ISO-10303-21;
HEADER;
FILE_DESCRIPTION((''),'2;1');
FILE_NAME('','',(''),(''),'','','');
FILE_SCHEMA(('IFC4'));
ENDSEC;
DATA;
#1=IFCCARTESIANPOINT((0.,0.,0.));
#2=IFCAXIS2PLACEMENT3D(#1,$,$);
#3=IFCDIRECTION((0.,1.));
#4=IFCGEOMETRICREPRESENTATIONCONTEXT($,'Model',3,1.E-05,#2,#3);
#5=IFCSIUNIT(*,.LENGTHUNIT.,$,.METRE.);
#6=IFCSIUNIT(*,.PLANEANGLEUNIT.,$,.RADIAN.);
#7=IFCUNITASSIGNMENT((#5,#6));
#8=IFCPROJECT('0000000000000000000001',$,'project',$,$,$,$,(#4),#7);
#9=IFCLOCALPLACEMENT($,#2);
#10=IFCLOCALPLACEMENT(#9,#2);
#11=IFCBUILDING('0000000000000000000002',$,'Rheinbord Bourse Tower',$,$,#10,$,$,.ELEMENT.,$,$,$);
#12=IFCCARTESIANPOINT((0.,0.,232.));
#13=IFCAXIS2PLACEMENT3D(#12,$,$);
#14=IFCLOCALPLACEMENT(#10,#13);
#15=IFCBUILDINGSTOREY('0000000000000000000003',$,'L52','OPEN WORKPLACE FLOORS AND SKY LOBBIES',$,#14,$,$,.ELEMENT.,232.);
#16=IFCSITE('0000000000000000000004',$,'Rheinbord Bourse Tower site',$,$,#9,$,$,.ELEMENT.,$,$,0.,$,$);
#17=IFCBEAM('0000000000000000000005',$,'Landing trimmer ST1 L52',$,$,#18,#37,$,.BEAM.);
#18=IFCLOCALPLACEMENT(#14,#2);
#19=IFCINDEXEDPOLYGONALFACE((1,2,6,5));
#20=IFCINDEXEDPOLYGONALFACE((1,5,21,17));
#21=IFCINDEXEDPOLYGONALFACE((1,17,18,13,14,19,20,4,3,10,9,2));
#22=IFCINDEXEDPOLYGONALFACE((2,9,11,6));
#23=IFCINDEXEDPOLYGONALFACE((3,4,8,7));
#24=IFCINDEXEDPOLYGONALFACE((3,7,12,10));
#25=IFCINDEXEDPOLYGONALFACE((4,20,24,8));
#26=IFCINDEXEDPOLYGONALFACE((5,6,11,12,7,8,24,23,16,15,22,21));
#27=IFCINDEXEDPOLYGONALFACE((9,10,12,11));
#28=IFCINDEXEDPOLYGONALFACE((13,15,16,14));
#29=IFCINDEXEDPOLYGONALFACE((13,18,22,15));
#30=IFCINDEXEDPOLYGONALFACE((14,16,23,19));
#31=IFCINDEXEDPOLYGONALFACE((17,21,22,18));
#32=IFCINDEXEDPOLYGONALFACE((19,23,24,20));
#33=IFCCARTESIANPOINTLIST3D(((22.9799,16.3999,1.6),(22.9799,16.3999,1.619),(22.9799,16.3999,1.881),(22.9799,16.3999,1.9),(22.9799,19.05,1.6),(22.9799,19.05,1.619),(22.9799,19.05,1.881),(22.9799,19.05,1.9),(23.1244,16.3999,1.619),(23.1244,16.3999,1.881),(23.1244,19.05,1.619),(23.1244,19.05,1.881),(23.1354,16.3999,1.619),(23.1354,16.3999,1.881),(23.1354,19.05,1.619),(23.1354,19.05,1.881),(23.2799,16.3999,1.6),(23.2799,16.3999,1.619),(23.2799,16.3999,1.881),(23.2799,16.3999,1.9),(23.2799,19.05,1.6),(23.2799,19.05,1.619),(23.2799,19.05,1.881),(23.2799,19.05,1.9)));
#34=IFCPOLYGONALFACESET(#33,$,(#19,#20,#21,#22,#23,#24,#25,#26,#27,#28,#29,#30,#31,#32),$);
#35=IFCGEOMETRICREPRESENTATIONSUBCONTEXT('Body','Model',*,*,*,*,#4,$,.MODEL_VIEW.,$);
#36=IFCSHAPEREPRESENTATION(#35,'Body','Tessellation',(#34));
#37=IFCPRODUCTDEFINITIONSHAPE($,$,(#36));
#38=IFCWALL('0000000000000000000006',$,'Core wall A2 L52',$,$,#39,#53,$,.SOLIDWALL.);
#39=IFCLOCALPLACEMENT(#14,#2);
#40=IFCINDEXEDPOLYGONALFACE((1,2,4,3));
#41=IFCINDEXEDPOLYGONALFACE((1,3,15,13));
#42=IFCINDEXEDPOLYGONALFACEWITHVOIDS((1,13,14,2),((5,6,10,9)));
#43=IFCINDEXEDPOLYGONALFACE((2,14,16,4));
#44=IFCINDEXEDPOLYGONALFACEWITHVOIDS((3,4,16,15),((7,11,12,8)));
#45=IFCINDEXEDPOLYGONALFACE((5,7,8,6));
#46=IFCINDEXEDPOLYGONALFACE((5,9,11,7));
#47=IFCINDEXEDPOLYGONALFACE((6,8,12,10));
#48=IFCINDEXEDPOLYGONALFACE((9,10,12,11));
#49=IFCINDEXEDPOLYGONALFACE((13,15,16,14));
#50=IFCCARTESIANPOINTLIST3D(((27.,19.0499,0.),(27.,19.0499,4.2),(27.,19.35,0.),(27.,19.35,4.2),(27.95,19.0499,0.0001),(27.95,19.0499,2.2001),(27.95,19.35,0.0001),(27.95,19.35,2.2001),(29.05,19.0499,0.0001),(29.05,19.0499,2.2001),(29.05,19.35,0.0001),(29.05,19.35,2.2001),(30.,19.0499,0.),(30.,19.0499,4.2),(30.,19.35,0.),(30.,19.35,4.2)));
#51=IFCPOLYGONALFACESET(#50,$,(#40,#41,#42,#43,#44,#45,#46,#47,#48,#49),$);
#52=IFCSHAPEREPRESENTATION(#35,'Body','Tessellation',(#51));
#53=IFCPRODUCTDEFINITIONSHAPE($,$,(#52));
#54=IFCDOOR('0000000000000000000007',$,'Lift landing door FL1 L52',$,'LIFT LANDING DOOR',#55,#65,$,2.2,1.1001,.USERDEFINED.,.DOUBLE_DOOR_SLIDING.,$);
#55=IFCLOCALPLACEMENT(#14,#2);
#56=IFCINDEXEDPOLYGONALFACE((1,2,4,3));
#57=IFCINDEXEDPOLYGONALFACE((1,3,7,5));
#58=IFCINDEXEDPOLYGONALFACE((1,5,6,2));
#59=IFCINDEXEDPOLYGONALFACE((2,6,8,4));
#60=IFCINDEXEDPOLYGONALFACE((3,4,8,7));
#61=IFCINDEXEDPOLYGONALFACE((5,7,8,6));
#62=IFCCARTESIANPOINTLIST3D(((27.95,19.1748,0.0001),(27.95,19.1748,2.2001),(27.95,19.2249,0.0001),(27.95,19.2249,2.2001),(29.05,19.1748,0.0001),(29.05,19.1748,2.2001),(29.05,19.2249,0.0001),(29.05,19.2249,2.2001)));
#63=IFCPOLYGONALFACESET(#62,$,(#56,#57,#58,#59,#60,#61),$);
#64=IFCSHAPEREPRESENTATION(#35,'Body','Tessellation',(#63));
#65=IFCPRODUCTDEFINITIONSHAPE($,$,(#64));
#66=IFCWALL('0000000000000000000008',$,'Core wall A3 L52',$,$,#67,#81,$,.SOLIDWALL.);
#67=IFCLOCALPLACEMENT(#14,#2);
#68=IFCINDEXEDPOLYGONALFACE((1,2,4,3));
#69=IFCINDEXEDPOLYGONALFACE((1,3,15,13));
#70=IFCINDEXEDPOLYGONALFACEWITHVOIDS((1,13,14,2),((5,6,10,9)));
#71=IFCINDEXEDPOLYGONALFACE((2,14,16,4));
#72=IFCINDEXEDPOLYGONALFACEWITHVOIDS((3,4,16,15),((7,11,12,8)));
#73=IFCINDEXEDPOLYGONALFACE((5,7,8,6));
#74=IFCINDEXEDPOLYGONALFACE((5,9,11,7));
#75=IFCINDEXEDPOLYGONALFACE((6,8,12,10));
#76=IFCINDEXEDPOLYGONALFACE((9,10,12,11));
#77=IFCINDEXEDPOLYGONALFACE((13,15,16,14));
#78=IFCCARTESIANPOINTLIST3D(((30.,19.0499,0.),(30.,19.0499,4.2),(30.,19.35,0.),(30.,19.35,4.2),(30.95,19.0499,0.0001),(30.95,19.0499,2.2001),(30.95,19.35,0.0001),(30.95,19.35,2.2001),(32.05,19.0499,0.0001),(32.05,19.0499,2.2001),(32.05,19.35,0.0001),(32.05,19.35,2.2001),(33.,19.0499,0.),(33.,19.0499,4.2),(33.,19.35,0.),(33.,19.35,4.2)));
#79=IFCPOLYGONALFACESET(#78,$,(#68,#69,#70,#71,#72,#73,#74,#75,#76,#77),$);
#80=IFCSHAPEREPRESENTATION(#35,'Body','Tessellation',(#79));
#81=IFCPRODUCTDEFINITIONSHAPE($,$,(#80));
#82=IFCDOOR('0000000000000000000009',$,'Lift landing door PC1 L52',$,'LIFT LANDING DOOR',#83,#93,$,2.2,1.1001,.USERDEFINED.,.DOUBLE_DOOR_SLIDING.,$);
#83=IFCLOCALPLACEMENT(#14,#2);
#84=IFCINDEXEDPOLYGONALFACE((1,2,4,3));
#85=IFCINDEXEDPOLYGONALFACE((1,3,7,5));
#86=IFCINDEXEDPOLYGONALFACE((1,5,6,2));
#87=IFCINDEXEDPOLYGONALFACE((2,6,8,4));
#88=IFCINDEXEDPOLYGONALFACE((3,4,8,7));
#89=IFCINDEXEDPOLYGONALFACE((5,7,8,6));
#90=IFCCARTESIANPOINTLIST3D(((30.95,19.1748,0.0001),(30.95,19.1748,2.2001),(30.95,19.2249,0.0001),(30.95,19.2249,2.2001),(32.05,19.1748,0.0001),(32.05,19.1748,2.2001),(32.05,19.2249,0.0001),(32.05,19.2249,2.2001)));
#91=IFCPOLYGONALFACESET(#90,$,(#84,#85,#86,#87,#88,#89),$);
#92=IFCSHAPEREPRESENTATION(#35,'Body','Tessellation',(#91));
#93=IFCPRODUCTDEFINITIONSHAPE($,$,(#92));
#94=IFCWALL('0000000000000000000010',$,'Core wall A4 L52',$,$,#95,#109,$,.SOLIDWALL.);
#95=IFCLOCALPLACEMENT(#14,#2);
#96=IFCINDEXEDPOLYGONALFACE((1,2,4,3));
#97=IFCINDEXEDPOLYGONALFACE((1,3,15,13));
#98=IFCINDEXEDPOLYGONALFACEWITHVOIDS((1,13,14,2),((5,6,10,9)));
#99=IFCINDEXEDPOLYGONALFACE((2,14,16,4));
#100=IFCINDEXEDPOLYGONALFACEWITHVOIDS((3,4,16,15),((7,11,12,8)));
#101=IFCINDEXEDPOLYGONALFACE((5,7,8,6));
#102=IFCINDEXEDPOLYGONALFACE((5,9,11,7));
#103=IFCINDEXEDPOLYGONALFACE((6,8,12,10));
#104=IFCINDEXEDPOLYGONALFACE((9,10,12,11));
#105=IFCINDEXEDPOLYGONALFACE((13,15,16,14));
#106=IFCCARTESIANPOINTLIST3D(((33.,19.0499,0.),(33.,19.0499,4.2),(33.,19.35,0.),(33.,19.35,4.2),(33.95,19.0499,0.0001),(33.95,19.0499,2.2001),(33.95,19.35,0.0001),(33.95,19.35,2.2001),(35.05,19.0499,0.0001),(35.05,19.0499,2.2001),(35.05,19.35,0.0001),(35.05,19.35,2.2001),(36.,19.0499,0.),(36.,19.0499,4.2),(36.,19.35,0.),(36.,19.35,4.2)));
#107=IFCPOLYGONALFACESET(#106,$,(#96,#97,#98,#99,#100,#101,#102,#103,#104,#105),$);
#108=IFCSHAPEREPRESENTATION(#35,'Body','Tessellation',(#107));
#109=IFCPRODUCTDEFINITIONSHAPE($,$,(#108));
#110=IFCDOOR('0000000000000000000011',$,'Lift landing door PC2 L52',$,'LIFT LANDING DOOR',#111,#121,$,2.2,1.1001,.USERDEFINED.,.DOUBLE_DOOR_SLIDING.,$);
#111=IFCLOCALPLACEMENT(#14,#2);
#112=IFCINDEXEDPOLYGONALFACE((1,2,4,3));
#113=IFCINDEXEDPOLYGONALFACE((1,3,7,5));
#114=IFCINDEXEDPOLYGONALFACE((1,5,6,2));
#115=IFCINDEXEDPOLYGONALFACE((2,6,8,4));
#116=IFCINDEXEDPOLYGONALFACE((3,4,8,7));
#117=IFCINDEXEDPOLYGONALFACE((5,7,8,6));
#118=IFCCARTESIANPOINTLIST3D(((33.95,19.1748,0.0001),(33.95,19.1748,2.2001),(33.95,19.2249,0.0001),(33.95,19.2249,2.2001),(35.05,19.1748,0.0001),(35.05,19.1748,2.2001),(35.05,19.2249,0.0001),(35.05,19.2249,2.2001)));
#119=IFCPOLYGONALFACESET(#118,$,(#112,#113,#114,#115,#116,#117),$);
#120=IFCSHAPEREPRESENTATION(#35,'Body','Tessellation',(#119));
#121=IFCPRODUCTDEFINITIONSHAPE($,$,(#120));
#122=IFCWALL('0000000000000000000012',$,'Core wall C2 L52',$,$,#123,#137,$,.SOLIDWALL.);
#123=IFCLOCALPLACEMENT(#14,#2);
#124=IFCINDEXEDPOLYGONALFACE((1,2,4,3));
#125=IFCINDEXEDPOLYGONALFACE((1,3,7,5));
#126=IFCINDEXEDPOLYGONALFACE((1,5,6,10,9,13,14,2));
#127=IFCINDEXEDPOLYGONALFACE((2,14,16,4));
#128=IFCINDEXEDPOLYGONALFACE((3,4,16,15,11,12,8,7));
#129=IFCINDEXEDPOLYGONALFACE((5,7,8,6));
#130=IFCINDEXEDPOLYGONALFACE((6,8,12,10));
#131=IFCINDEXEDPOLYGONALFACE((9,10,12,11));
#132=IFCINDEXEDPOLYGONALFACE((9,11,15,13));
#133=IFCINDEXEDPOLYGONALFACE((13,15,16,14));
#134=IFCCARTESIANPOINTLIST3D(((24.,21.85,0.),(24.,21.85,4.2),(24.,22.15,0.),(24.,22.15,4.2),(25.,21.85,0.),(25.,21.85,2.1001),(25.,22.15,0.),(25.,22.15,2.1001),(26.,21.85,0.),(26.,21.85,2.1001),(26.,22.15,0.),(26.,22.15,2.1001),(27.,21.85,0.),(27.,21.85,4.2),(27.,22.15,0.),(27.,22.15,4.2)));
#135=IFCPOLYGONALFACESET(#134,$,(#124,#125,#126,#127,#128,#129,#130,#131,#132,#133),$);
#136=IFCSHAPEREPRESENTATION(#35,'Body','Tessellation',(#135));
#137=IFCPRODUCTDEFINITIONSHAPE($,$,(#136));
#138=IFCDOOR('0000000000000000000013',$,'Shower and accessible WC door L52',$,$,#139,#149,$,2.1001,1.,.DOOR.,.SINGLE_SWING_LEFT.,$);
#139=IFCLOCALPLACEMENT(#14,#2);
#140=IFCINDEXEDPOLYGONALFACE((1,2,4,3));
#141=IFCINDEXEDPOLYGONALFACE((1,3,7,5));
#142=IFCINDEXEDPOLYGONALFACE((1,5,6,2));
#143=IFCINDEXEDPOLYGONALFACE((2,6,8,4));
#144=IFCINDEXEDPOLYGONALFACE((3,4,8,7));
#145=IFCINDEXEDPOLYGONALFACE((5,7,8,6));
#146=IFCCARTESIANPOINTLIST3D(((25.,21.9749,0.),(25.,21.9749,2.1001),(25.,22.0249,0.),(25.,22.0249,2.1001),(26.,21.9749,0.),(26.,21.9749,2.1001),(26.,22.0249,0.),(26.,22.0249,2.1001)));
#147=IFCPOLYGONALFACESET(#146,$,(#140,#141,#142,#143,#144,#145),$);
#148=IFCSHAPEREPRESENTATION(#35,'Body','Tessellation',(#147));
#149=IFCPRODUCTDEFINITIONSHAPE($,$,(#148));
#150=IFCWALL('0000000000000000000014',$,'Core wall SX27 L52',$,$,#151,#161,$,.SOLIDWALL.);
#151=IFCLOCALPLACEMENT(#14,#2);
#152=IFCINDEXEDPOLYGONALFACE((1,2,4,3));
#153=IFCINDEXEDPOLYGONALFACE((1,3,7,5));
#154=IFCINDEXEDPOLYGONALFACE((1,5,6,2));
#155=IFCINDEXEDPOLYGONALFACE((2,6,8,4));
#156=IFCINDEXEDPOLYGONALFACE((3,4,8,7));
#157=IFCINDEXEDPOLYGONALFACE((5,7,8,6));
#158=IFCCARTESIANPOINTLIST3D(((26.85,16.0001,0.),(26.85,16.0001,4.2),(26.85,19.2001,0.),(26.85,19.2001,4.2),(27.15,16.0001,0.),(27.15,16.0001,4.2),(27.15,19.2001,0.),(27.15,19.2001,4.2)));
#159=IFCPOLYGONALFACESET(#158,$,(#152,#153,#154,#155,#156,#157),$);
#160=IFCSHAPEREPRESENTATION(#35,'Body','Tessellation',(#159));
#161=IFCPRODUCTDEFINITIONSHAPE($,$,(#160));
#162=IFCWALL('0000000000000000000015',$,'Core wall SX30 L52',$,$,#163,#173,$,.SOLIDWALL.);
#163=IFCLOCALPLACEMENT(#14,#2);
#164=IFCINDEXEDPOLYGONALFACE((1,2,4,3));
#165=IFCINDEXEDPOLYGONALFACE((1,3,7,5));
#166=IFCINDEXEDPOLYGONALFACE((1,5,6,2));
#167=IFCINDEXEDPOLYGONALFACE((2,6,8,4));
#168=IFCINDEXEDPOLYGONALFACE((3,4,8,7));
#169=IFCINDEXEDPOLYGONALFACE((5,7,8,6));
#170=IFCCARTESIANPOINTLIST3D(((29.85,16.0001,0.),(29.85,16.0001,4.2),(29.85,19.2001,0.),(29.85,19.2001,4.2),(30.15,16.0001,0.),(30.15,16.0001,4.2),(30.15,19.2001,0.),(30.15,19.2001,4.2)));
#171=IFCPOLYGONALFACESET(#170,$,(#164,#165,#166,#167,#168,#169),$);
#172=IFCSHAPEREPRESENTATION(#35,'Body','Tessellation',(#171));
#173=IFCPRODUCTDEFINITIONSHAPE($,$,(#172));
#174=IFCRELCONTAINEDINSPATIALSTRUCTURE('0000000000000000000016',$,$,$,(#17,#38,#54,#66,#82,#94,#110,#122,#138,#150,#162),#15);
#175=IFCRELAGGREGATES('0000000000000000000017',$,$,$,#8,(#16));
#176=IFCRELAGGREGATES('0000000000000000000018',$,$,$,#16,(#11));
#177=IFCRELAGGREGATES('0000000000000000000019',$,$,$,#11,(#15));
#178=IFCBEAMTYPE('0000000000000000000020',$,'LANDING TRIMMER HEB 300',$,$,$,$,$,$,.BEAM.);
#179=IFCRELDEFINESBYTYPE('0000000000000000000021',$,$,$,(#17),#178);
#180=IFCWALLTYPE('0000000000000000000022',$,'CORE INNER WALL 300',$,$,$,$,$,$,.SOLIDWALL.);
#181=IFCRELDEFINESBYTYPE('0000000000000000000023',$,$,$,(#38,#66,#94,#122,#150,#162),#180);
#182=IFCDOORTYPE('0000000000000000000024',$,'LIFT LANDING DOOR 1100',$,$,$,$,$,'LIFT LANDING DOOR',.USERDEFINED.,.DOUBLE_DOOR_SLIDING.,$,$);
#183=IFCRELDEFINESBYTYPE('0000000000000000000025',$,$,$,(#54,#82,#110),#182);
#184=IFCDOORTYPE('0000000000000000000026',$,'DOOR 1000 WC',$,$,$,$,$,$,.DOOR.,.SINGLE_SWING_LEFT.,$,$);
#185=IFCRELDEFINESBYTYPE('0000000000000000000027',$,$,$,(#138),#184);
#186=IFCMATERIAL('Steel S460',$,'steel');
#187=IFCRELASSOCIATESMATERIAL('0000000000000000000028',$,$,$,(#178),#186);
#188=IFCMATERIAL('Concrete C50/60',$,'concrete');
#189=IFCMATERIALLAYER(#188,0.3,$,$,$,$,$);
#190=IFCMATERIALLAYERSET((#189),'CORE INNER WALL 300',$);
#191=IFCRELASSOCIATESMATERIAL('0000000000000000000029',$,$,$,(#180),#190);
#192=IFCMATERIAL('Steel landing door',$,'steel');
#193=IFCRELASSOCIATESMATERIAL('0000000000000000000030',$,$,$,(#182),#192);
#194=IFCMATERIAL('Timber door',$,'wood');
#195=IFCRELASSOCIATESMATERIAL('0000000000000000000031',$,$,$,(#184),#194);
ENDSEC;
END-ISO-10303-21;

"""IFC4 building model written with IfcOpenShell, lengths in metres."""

from ifc_helpers import new_model, si_unit, direction, frame, frame_2d, origin, origin_2d, place, context, subcontext, project, spatial, rectangle, i_section, extrude, material, layer, layer_set, material_profile, profile_set, type_object, element, fill, save


model = new_model("IFC4")

# Units and contexts
model_context = context("Model", 3, precision=1e-05, world=origin(), true_north=direction((0.0, 1.0)))
body_context = subcontext(model_context, "Body", "Model", "MODEL_VIEW")
ifc_project = project(units=[si_unit("LENGTHUNIT", "METRE"), si_unit("PLANEANGLEUNIT", "RADIAN")], contexts=[model_context])

# Site, building, storey
site_placement = place(None, origin())
site = spatial("IfcSite", under=ifc_project, at=site_placement, Name="Rheinbord Bourse Tower site", CompositionType="ELEMENT", RefElevation=0.0)
building_placement = place(site_placement, origin())
building = spatial("IfcBuilding", under=site, at=building_placement, Name="Rheinbord Bourse Tower", CompositionType="ELEMENT")
storey_placement = place(building_placement, frame((0.0, 0.0, 232.0)))
storey = spatial("IfcBuildingStorey", under=building, at=storey_placement, Name="L52", Description="OPEN WORKPLACE FLOORS AND SKY LOBBIES", CompositionType="ELEMENT", Elevation=232.0)

# Beam
ifc_material_1 = material(Name="Steel S460", Category="steel")
ifc_material_profile = material_profile(ifc_material_1, i_section(OverallWidth=0.3, OverallDepth=0.3, WebThickness=0.011, FlangeThickness=0.019, at=origin_2d()), Name="HEB 300")
ifc_profile_set = profile_set([ifc_material_profile], Name="Steel S460")
beam_type = type_object("IfcBeamType", Name="LANDING TRIMMER HEB 300", PredefinedType="BEAM", material=ifc_profile_set)
beam_placement = place(storey_placement, frame((23.1299, 16.3999, 1.75), z_axis=(0.0, 1.0, 0.0), x_axis=(-1.0, 0.0, 0.0)))
element("IfcBeam", 1, at=beam_placement, inside=storey, type_object=beam_type, Name="Landing trimmer ST1 L52", PredefinedType="BEAM", context=body_context, shape_type="SweptSolid", body=[
    extrude(i_section(OverallWidth=0.3, OverallDepth=0.3, WebThickness=0.011, FlangeThickness=0.019, at=origin_2d()), origin(), (0.0, 0.0, 1.0), 2.6501),
])

# Walls, openings, doors
ifc_material_2 = material(Name="Concrete C50/60", Category="concrete")
ifc_layer_1 = layer(ifc_material_2, 0.3)
ifc_layer_set_1 = layer_set([ifc_layer_1], Name="CORE INNER WALL 300")
wall_type_1 = type_object("IfcWallType", Name="CORE INNER WALL 300", PredefinedType="SOLIDWALL", material=ifc_layer_set_1)
wall_1_placement = place(storey_placement, frame((27.0, 19.2, 0.0), z_axis=(0.0, 0.0, 1.0), x_axis=(1.0, 0.0, 0.0)))
wall_1 = element("IfcWall", 2, at=wall_1_placement, inside=storey, type_object=wall_type_1, Name="Core wall A2 L52", PredefinedType="SOLIDWALL", context=body_context, shape_type="SweptSolid", body=[
    extrude(rectangle(XDim=3.0, YDim=0.3, at=frame_2d((1.5, 0.0))), origin(), (0.0, 0.0, 1.0), 4.2),
])
opening_1_placement = place(wall_1_placement, frame((0.95, 0.0, 0.0)))
opening_1 = element("IfcOpeningElement", 3, at=opening_1_placement, cuts=wall_1, PredefinedType="OPENING", context=body_context, shape_type="SweptSolid", body=[
    extrude(rectangle(XDim=1.1001, YDim=2.2, at=frame_2d((0.55, 1.1001))), frame((0.0, 0.1599, 0.0), z_axis=(0.0, -1.0, 0.0), x_axis=(1.0, 0.0, 0.0)), (0.0, 0.0, 1.0), 0.3201),
])
ifc_material_3 = material(Name="Steel landing door", Category="steel")
door_type_1 = type_object("IfcDoorType", Name="LIFT LANDING DOOR 1100", ElementType="LIFT LANDING DOOR", OperationType="DOUBLE_DOOR_SLIDING", PredefinedType="USERDEFINED", material=ifc_material_3)
door_1_placement = place(opening_1_placement, origin())
door_1 = element("IfcDoor", 4, at=door_1_placement, inside=storey, type_object=door_type_1, Name="Lift landing door FL1 L52", ObjectType="LIFT LANDING DOOR", OperationType="DOUBLE_DOOR_SLIDING", OverallHeight=2.2, OverallWidth=1.1001, PredefinedType="USERDEFINED", context=body_context, shape_type="SweptSolid", body=[
    extrude(rectangle(XDim=1.1001, YDim=2.2, at=frame_2d((0.55, 1.1001))), frame((0.0, 0.0249, 0.0), z_axis=(0.0, -1.0, 0.0), x_axis=(1.0, 0.0, 0.0)), (0.0, 0.0, 1.0), 0.05),
])
fill(opening_1, door_1)
wall_2_placement = place(storey_placement, frame((30.0, 19.2, 0.0), z_axis=(0.0, 0.0, 1.0), x_axis=(1.0, 0.0, 0.0)))
wall_2 = element("IfcWall", 5, at=wall_2_placement, inside=storey, type_object=wall_type_1, Name="Core wall A3 L52", PredefinedType="SOLIDWALL", context=body_context, shape_type="SweptSolid", body=[
    extrude(rectangle(XDim=3.0, YDim=0.3, at=frame_2d((1.5, 0.0))), origin(), (0.0, 0.0, 1.0), 4.2),
])
opening_2_placement = place(wall_2_placement, frame((0.95, 0.0, 0.0)))
opening_2 = element("IfcOpeningElement", 6, at=opening_2_placement, cuts=wall_2, PredefinedType="OPENING", context=body_context, shape_type="SweptSolid", body=[
    extrude(rectangle(XDim=1.1001, YDim=2.2, at=frame_2d((0.55, 1.1001))), frame((0.0, 0.1599, 0.0), z_axis=(0.0, -1.0, 0.0), x_axis=(1.0, 0.0, 0.0)), (0.0, 0.0, 1.0), 0.3201),
])
door_2_placement = place(opening_2_placement, origin())
door_2 = element("IfcDoor", 7, at=door_2_placement, inside=storey, type_object=door_type_1, Name="Lift landing door PC1 L52", ObjectType="LIFT LANDING DOOR", OperationType="DOUBLE_DOOR_SLIDING", OverallHeight=2.2, OverallWidth=1.1001, PredefinedType="USERDEFINED", context=body_context, shape_type="SweptSolid", body=[
    extrude(rectangle(XDim=1.1001, YDim=2.2, at=frame_2d((0.55, 1.1001))), frame((0.0, 0.0249, 0.0), z_axis=(0.0, -1.0, 0.0), x_axis=(1.0, 0.0, 0.0)), (0.0, 0.0, 1.0), 0.05),
])
fill(opening_2, door_2)
wall_3_placement = place(storey_placement, frame((33.0, 19.2, 0.0), z_axis=(0.0, 0.0, 1.0), x_axis=(1.0, 0.0, 0.0)))
wall_3 = element("IfcWall", 8, at=wall_3_placement, inside=storey, type_object=wall_type_1, Name="Core wall A4 L52", PredefinedType="SOLIDWALL", context=body_context, shape_type="SweptSolid", body=[
    extrude(rectangle(XDim=3.0, YDim=0.3, at=frame_2d((1.5, 0.0))), origin(), (0.0, 0.0, 1.0), 4.2),
])
opening_3_placement = place(wall_3_placement, frame((0.95, 0.0, 0.0)))
opening_3 = element("IfcOpeningElement", 9, at=opening_3_placement, cuts=wall_3, PredefinedType="OPENING", context=body_context, shape_type="SweptSolid", body=[
    extrude(rectangle(XDim=1.1001, YDim=2.2, at=frame_2d((0.55, 1.1001))), frame((0.0, 0.1599, 0.0), z_axis=(0.0, -1.0, 0.0), x_axis=(1.0, 0.0, 0.0)), (0.0, 0.0, 1.0), 0.3201),
])
door_3_placement = place(opening_3_placement, origin())
door_3 = element("IfcDoor", 10, at=door_3_placement, inside=storey, type_object=door_type_1, Name="Lift landing door PC2 L52", ObjectType="LIFT LANDING DOOR", OperationType="DOUBLE_DOOR_SLIDING", OverallHeight=2.2, OverallWidth=1.1001, PredefinedType="USERDEFINED", context=body_context, shape_type="SweptSolid", body=[
    extrude(rectangle(XDim=1.1001, YDim=2.2, at=frame_2d((0.55, 1.1001))), frame((0.0, 0.0249, 0.0), z_axis=(0.0, -1.0, 0.0), x_axis=(1.0, 0.0, 0.0)), (0.0, 0.0, 1.0), 0.05),
])
fill(opening_3, door_3)
wall_4_placement = place(storey_placement, frame((24.0, 22.0, 0.0), z_axis=(0.0, 0.0, 1.0), x_axis=(1.0, 0.0, 0.0)))
wall_4 = element("IfcWall", 11, at=wall_4_placement, inside=storey, type_object=wall_type_1, Name="Core wall C2 L52", PredefinedType="SOLIDWALL", context=body_context, shape_type="SweptSolid", body=[
    extrude(rectangle(XDim=3.0, YDim=0.3, at=frame_2d((1.5, 0.0))), origin(), (0.0, 0.0, 1.0), 4.2),
])
opening_4_placement = place(wall_4_placement, frame((1.0, 0.0, 0.0)))
opening_4 = element("IfcOpeningElement", 12, at=opening_4_placement, cuts=wall_4, PredefinedType="OPENING", context=body_context, shape_type="SweptSolid", body=[
    extrude(rectangle(XDim=1.0, YDim=2.1001, at=frame_2d((0.5, 1.05))), frame((0.0, 0.1599, 0.0), z_axis=(0.0, -1.0, 0.0), x_axis=(1.0, 0.0, 0.0)), (0.0, 0.0, 1.0), 0.3201),
])
ifc_material_4 = material(Name="Timber door", Category="wood")
door_type_2 = type_object("IfcDoorType", Name="DOOR 1000 WC", OperationType="SINGLE_SWING_LEFT", PredefinedType="DOOR", material=ifc_material_4)
door_4_placement = place(opening_4_placement, origin())
door_4 = element("IfcDoor", 13, at=door_4_placement, inside=storey, type_object=door_type_2, Name="Shower and accessible WC door L52", OperationType="SINGLE_SWING_LEFT", OverallHeight=2.1001, OverallWidth=1.0, PredefinedType="DOOR", context=body_context, shape_type="SweptSolid", body=[
    extrude(rectangle(XDim=1.0, YDim=2.1001, at=frame_2d((0.5, 1.05))), frame((0.0, 0.0249, 0.0), z_axis=(0.0, -1.0, 0.0), x_axis=(1.0, 0.0, 0.0)), (0.0, 0.0, 1.0), 0.05),
])
fill(opening_4, door_4)

# Walls
for number, where, z_axis, x_axis, name in (
    (14, (27.0, 16.0, 0.0), (0.0, 0.0, 1.0), (0.0, 1.0, 0.0), "Core wall SX27 L52"),
    (15, (30.0, 16.0, 0.0), (0.0, 0.0, 1.0), (0.0, 1.0, 0.0), "Core wall SX30 L52"),
):
    element("IfcWall", number, at=place(storey_placement, frame(where, z_axis=z_axis, x_axis=x_axis)), inside=storey, type_object=wall_type_1, Name=name, PredefinedType="SOLIDWALL", context=body_context, shape_type="SweptSolid", body=[
        extrude(rectangle(XDim=3.2, YDim=0.3, at=frame_2d((1.6001, 0.0))), origin(), (0.0, 0.0, 1.0), 4.2),
    ])

save(model, "model.ifc")
